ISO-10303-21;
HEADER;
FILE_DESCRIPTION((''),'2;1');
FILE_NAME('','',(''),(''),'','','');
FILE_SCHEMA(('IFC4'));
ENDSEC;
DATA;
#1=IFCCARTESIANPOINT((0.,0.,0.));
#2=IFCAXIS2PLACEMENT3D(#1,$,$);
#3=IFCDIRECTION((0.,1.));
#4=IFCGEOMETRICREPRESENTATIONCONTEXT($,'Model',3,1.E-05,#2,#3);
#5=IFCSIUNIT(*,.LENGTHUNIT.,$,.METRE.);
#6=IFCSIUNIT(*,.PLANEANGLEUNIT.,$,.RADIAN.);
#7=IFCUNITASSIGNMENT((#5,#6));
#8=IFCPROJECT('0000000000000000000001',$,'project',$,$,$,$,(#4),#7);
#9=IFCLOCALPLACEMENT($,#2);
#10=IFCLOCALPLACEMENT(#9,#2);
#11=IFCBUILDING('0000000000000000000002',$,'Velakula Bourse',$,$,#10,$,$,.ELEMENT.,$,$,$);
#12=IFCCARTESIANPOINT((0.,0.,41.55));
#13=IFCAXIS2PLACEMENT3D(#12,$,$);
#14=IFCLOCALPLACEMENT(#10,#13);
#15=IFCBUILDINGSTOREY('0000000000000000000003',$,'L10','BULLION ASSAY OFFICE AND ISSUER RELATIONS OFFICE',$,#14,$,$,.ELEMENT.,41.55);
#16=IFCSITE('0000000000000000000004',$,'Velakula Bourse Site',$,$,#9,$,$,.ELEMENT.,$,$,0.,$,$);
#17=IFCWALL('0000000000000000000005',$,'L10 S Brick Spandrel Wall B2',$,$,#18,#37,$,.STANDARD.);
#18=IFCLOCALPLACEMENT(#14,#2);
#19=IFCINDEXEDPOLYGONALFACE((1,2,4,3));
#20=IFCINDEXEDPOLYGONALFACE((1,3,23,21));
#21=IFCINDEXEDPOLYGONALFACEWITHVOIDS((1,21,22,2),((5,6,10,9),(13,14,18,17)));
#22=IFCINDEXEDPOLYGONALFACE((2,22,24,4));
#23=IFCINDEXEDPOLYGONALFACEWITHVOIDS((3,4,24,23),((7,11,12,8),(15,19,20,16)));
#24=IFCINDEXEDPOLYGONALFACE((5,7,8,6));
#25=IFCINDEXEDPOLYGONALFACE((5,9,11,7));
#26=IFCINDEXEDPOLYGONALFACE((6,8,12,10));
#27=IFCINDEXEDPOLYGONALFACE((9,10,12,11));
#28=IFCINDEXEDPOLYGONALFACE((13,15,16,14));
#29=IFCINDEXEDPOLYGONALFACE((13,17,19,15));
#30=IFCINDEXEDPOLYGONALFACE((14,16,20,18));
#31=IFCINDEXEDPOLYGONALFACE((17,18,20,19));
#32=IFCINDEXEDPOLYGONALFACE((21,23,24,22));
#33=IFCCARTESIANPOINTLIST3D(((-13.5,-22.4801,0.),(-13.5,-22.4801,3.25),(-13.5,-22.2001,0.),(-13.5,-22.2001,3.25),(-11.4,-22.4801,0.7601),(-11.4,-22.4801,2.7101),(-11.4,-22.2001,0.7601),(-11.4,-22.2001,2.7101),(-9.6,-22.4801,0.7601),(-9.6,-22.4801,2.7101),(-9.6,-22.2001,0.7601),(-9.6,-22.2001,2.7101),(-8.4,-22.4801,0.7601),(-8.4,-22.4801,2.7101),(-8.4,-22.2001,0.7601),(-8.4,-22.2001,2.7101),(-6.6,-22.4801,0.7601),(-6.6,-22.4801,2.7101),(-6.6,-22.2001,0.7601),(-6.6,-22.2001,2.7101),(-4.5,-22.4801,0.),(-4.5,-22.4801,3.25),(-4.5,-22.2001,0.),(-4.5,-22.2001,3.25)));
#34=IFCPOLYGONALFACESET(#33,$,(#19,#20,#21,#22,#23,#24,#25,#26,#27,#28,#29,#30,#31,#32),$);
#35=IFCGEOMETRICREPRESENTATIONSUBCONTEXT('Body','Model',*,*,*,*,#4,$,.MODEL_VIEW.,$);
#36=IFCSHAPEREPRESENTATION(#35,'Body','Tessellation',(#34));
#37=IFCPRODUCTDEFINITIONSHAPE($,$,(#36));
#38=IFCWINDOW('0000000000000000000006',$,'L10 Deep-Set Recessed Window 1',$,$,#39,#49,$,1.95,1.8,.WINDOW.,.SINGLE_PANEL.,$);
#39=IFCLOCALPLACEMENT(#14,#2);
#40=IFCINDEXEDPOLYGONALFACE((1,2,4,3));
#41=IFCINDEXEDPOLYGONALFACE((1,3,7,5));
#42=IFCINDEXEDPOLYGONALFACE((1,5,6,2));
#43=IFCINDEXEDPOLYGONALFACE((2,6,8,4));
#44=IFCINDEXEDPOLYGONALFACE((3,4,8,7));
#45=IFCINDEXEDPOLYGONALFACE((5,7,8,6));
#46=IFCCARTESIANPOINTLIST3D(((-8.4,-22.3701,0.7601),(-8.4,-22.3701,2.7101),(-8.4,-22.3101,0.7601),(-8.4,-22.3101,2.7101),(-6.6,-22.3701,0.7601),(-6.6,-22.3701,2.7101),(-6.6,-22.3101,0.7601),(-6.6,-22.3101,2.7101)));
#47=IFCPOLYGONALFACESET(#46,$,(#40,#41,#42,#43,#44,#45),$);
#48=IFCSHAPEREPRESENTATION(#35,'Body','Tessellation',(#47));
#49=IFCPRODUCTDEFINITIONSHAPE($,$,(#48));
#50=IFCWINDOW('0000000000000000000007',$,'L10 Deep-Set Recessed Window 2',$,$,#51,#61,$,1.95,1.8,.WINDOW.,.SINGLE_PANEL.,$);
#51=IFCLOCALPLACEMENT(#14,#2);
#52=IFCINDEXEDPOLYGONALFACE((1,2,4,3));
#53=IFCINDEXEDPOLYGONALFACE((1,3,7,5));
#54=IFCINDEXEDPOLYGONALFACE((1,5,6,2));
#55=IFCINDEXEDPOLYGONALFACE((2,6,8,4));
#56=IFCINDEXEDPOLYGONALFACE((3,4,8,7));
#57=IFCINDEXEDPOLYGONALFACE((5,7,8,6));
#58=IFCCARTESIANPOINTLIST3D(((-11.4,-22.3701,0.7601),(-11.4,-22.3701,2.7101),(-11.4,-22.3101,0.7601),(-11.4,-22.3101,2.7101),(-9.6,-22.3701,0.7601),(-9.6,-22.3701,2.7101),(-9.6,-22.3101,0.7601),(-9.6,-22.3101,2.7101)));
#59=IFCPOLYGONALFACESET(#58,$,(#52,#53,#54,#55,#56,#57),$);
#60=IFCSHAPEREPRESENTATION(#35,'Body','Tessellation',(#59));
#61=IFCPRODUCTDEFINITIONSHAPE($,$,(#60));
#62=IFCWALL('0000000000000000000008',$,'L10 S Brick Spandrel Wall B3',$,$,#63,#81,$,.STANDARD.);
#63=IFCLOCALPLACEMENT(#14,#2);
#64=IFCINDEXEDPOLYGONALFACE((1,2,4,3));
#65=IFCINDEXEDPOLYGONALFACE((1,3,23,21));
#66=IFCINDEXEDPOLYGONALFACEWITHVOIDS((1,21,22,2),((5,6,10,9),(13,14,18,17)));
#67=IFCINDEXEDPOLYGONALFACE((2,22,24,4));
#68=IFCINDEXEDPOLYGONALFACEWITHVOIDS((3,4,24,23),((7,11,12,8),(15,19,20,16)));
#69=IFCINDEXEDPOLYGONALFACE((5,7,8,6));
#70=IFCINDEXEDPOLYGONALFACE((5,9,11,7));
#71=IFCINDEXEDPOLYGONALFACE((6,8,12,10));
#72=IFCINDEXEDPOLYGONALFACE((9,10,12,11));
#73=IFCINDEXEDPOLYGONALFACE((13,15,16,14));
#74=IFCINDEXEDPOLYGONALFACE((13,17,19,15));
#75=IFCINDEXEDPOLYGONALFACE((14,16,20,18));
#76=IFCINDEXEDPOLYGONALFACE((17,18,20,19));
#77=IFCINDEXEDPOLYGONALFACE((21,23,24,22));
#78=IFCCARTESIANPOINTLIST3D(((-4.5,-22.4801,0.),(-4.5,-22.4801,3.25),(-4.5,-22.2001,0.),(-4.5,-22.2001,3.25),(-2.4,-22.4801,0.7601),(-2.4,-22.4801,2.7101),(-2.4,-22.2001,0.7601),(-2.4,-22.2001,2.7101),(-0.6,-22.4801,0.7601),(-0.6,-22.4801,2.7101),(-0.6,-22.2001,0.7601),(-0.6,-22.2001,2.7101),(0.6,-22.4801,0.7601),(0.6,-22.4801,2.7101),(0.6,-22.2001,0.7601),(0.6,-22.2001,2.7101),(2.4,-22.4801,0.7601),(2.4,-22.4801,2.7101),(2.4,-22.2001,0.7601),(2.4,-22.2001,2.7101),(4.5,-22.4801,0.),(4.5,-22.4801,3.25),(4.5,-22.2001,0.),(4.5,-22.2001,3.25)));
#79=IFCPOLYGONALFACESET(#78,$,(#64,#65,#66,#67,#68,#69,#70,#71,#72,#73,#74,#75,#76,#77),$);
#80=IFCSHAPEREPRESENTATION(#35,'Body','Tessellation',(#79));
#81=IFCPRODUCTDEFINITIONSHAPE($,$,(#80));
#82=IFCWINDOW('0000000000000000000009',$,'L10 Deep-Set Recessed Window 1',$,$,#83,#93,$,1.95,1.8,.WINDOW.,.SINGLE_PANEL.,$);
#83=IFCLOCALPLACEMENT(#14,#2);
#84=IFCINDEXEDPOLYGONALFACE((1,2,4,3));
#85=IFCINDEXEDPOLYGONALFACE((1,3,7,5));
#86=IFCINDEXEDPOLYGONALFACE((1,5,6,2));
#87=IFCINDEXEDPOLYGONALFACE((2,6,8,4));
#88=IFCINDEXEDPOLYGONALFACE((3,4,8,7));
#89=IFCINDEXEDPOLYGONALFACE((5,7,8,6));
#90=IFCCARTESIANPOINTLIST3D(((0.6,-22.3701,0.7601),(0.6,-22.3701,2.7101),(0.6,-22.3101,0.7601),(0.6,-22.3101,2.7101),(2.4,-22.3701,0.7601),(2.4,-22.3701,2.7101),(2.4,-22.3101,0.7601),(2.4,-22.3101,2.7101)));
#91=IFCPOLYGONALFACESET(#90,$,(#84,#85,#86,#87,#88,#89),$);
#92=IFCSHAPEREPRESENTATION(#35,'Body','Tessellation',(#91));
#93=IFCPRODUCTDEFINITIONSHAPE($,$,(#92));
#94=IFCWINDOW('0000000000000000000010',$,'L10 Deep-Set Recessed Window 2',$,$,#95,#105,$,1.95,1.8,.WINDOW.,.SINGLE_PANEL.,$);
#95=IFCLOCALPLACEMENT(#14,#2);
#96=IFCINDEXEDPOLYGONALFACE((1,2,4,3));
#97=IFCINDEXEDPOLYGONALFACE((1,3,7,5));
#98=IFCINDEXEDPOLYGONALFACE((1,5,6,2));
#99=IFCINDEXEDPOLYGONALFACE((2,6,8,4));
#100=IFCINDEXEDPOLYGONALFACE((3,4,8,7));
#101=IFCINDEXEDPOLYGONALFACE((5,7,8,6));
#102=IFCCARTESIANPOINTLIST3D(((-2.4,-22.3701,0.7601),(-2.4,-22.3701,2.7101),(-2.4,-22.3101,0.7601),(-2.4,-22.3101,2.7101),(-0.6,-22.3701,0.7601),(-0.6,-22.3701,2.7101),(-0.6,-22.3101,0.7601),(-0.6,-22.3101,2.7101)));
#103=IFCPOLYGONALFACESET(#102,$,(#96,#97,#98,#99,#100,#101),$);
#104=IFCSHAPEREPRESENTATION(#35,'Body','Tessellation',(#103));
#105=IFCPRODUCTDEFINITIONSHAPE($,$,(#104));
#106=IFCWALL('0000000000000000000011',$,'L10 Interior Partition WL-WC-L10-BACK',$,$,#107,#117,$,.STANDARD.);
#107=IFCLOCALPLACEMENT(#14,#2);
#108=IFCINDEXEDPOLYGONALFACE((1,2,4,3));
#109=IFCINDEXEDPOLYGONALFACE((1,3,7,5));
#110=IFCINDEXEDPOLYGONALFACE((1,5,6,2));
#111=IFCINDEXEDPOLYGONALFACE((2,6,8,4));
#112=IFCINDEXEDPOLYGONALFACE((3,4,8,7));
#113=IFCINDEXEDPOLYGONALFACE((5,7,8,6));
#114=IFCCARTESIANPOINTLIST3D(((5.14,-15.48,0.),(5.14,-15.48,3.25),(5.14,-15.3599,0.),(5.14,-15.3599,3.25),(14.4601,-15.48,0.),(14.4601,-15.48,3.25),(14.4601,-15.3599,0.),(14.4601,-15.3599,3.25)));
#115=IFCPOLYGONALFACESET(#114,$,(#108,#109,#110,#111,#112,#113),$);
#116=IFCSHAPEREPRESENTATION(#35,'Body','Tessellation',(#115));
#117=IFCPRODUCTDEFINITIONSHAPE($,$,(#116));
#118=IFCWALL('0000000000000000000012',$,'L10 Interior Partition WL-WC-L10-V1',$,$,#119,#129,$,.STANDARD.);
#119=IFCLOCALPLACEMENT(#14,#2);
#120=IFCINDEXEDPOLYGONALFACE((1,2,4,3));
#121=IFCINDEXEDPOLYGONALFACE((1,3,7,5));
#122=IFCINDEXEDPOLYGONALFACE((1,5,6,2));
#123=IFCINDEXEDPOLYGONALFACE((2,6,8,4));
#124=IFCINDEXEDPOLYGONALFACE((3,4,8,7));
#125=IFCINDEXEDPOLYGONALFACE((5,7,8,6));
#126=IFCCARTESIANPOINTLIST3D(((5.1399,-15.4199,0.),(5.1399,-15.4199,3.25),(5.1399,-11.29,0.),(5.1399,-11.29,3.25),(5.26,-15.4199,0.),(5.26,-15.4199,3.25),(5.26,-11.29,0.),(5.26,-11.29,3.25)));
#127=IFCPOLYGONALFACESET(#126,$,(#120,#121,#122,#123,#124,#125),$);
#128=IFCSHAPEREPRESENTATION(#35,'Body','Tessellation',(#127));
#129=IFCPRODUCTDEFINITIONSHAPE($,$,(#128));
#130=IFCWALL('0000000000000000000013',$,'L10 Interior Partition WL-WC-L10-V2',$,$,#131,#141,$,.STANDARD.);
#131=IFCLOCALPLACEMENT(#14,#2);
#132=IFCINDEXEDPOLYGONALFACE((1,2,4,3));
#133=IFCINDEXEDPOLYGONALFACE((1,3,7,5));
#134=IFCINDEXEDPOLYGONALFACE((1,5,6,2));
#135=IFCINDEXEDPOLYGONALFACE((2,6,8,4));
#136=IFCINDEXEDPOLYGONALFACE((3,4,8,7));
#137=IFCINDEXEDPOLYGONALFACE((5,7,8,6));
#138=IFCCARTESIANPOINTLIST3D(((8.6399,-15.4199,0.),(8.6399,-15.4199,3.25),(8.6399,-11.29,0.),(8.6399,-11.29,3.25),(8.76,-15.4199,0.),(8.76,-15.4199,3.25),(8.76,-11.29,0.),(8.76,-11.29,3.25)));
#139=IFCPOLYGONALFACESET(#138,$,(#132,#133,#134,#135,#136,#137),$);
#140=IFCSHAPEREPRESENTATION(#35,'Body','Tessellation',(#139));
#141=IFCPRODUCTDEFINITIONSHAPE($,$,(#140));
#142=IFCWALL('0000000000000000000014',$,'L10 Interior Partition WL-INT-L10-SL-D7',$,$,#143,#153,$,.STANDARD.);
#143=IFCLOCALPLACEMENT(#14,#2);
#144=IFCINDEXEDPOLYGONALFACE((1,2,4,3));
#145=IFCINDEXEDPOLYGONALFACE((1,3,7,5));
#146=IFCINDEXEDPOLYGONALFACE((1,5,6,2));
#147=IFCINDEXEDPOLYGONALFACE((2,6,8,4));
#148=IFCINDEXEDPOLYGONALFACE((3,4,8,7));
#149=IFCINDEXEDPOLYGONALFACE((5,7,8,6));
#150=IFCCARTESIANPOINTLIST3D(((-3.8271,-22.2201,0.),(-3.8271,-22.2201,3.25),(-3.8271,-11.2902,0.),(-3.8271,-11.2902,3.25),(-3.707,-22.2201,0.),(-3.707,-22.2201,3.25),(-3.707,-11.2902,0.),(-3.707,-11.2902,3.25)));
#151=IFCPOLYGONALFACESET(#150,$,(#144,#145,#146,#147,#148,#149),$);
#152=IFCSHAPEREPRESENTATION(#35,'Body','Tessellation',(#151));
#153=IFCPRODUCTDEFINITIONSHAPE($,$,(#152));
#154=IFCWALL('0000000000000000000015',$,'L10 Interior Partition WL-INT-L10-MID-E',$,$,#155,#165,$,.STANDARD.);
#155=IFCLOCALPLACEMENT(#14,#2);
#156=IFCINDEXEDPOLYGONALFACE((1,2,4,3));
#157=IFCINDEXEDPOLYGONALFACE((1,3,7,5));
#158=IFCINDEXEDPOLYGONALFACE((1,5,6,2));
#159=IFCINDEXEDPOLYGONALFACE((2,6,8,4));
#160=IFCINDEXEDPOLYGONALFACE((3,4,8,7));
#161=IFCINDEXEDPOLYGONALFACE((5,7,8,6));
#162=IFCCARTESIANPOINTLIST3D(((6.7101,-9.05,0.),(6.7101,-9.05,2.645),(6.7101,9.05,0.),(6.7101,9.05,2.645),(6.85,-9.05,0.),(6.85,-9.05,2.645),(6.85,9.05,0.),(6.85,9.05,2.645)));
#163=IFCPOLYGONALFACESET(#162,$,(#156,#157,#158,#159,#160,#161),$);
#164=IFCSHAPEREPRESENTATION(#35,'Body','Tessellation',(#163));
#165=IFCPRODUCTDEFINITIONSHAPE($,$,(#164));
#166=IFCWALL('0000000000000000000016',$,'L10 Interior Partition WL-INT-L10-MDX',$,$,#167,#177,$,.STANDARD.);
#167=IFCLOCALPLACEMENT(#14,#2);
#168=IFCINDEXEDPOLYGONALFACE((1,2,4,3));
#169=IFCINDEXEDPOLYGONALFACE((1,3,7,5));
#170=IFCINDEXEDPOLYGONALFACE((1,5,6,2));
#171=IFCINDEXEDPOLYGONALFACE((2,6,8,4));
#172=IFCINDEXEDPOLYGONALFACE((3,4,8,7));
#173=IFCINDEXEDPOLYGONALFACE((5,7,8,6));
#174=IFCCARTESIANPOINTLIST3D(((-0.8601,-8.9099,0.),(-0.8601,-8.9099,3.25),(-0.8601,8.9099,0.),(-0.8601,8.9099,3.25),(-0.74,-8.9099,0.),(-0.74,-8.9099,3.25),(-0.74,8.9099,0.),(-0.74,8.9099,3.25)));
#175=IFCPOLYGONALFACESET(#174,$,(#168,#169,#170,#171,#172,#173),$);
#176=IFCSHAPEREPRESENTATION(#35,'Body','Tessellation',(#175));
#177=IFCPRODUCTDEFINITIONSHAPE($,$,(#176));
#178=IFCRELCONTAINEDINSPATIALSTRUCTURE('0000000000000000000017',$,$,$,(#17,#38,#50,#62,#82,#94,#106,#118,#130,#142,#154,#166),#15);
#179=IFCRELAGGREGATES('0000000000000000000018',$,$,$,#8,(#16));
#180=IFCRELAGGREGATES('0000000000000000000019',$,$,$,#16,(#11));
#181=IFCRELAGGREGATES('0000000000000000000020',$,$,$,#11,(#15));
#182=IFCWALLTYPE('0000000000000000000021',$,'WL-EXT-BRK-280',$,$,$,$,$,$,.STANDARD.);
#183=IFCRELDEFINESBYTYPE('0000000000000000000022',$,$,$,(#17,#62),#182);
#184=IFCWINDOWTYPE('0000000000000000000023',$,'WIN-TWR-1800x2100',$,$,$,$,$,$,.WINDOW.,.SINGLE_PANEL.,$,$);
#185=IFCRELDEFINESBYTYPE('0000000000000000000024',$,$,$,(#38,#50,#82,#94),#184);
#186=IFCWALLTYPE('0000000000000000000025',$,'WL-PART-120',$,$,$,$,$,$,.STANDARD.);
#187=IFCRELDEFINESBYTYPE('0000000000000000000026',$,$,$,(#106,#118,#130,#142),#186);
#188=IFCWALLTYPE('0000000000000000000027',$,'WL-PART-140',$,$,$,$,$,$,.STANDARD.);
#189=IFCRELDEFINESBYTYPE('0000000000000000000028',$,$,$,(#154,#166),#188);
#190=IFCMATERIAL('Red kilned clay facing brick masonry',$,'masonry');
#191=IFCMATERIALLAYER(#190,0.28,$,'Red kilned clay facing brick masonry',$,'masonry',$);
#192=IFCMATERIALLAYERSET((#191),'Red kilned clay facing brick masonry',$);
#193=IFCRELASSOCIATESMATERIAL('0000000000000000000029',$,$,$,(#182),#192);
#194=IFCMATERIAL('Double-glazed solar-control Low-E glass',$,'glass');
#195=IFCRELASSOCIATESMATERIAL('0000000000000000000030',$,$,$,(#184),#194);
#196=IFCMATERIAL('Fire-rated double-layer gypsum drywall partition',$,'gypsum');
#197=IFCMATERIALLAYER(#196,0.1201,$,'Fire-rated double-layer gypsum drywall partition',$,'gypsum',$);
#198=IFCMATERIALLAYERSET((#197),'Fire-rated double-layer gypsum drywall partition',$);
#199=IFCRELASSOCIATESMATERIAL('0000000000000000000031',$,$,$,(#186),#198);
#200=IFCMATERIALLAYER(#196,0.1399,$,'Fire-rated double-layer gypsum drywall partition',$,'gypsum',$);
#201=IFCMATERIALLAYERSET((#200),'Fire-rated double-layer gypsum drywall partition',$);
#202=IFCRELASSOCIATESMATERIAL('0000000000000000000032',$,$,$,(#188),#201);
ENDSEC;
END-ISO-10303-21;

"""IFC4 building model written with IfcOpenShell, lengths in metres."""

from ifc_helpers import new_model, si_unit, direction, frame, frame_2d, origin, place, context, subcontext, project, spatial, rectangle, extrude, material, layer, layer_set, type_object, element, fill, save


model = new_model("IFC4")

# Units and contexts
model_context = context("Model", 3, precision=1e-05, world=origin(), true_north=direction((0.0, 1.0)))
body_context = subcontext(model_context, "Body", "Model", "MODEL_VIEW")
ifc_project = project(units=[si_unit("LENGTHUNIT", "METRE"), si_unit("PLANEANGLEUNIT", "RADIAN")], contexts=[model_context])

# Site, building, storey
site_placement = place(None, origin())
site = spatial("IfcSite", under=ifc_project, at=site_placement, Name="Velakula Bourse Site", CompositionType="ELEMENT", RefElevation=0.0)
building_placement = place(site_placement, origin())
building = spatial("IfcBuilding", under=site, at=building_placement, Name="Velakula Bourse", CompositionType="ELEMENT")
storey_placement = place(building_placement, frame((0.0, 0.0, 41.55)))
storey = spatial("IfcBuildingStorey", under=building, at=storey_placement, Name="L10", Description="BULLION ASSAY OFFICE AND ISSUER RELATIONS OFFICE", CompositionType="ELEMENT", Elevation=41.55)

# Walls, openings, windows
ifc_material_1 = material(Name="Red kilned clay facing brick masonry", Category="masonry")
ifc_layer_1 = layer(ifc_material_1, 0.28, Name="Red kilned clay facing brick masonry", Category="masonry")
ifc_layer_set_1 = layer_set([ifc_layer_1], Name="Red kilned clay facing brick masonry")
wall_type_1 = type_object("IfcWallType", Name="WL-EXT-BRK-280", PredefinedType="STANDARD", material=ifc_layer_set_1)
wall_1_placement = place(storey_placement, frame((-4.5, -22.3401, 0.0), z_axis=(0.0, 0.0, 1.0), x_axis=(-1.0, 0.0, 0.0)))
wall_1 = element("IfcWall", 1, at=wall_1_placement, inside=storey, type_object=wall_type_1, Name="L10 S Brick Spandrel Wall B2", PredefinedType="STANDARD", context=body_context, shape_type="SweptSolid", body=[
    extrude(rectangle(XDim=9.0, YDim=0.28, at=frame_2d((4.5, 0.0))), origin(), (0.0, 0.0, 1.0), 3.25),
])
opening_1_placement = place(wall_1_placement, frame((2.1001, 0.0, 0.76)))
opening_1 = element("IfcOpeningElement", 2, at=opening_1_placement, cuts=wall_1, PredefinedType="OPENING", context=body_context, shape_type="SweptSolid", body=[
    extrude(rectangle(XDim=1.8, YDim=1.95, at=frame_2d((0.8999, 0.9751))), frame((0.0, 0.1499, 0.0), z_axis=(0.0, -1.0, 0.0), x_axis=(1.0, 0.0, 0.0)), (0.0, 0.0, 1.0), 0.3),
])
opening_2_placement = place(wall_1_placement, frame((5.1001, 0.0, 0.76)))
opening_2 = element("IfcOpeningElement", 3, at=opening_2_placement, cuts=wall_1, PredefinedType="OPENING", context=body_context, shape_type="SweptSolid", body=[
    extrude(rectangle(XDim=1.8, YDim=1.95, at=frame_2d((0.8999, 0.9751))), frame((0.0, 0.1499, 0.0), z_axis=(0.0, -1.0, 0.0), x_axis=(1.0, 0.0, 0.0)), (0.0, 0.0, 1.0), 0.3),
])
ifc_material_2 = material(Name="Double-glazed solar-control Low-E glass", Category="glass")
window_type = type_object("IfcWindowType", Name="WIN-TWR-1800x2100", PartitioningType="SINGLE_PANEL", PredefinedType="WINDOW", material=ifc_material_2)
window_1_placement = place(opening_1_placement, origin())
window_1 = element("IfcWindow", 4, at=window_1_placement, inside=storey, type_object=window_type, Name="L10 Deep-Set Recessed Window 1", OverallHeight=1.95, OverallWidth=1.8, PartitioningType="SINGLE_PANEL", PredefinedType="WINDOW", context=body_context, shape_type="SweptSolid", body=[
    extrude(rectangle(XDim=1.8, YDim=1.95, at=frame_2d((0.8999, 0.9751))), frame((0.0, 0.03, 0.0), z_axis=(0.0, -1.0, 0.0), x_axis=(1.0, 0.0, 0.0)), (0.0, 0.0, 1.0), 0.0601),
])
fill(opening_1, window_1)
window_2_placement = place(opening_2_placement, origin())
window_2 = element("IfcWindow", 5, at=window_2_placement, inside=storey, type_object=window_type, Name="L10 Deep-Set Recessed Window 2", OverallHeight=1.95, OverallWidth=1.8, PartitioningType="SINGLE_PANEL", PredefinedType="WINDOW", context=body_context, shape_type="SweptSolid", body=[
    extrude(rectangle(XDim=1.8, YDim=1.95, at=frame_2d((0.8999, 0.9751))), frame((0.0, 0.03, 0.0), z_axis=(0.0, -1.0, 0.0), x_axis=(1.0, 0.0, 0.0)), (0.0, 0.0, 1.0), 0.0601),
])
fill(opening_2, window_2)
wall_2_placement = place(storey_placement, frame((4.5, -22.3401, 0.0), z_axis=(0.0, 0.0, 1.0), x_axis=(-1.0, 0.0, 0.0)))
wall_2 = element("IfcWall", 6, at=wall_2_placement, inside=storey, type_object=wall_type_1, Name="L10 S Brick Spandrel Wall B3", PredefinedType="STANDARD", context=body_context, shape_type="SweptSolid", body=[
    extrude(rectangle(XDim=9.0, YDim=0.28, at=frame_2d((4.5, 0.0))), origin(), (0.0, 0.0, 1.0), 3.25),
])
opening_3_placement = place(wall_2_placement, frame((2.1001, 0.0, 0.76)))
opening_3 = element("IfcOpeningElement", 7, at=opening_3_placement, cuts=wall_2, PredefinedType="OPENING", context=body_context, shape_type="SweptSolid", body=[
    extrude(rectangle(XDim=1.8, YDim=1.95, at=frame_2d((0.8999, 0.9751))), frame((0.0, 0.1499, 0.0), z_axis=(0.0, -1.0, 0.0), x_axis=(1.0, 0.0, 0.0)), (0.0, 0.0, 1.0), 0.3),
])
opening_4_placement = place(wall_2_placement, frame((5.1001, 0.0, 0.76)))
opening_4 = element("IfcOpeningElement", 8, at=opening_4_placement, cuts=wall_2, PredefinedType="OPENING", context=body_context, shape_type="SweptSolid", body=[
    extrude(rectangle(XDim=1.8, YDim=1.95, at=frame_2d((0.8999, 0.9751))), frame((0.0, 0.1499, 0.0), z_axis=(0.0, -1.0, 0.0), x_axis=(1.0, 0.0, 0.0)), (0.0, 0.0, 1.0), 0.3),
])
window_3_placement = place(opening_3_placement, origin())
window_3 = element("IfcWindow", 9, at=window_3_placement, inside=storey, type_object=window_type, Name="L10 Deep-Set Recessed Window 1", OverallHeight=1.95, OverallWidth=1.8, PartitioningType="SINGLE_PANEL", PredefinedType="WINDOW", context=body_context, shape_type="SweptSolid", body=[
    extrude(rectangle(XDim=1.8, YDim=1.95, at=frame_2d((0.8999, 0.9751))), frame((0.0, 0.03, 0.0), z_axis=(0.0, -1.0, 0.0), x_axis=(1.0, 0.0, 0.0)), (0.0, 0.0, 1.0), 0.0601),
])
fill(opening_3, window_3)
window_4_placement = place(opening_4_placement, origin())
window_4 = element("IfcWindow", 10, at=window_4_placement, inside=storey, type_object=window_type, Name="L10 Deep-Set Recessed Window 2", OverallHeight=1.95, OverallWidth=1.8, PartitioningType="SINGLE_PANEL", PredefinedType="WINDOW", context=body_context, shape_type="SweptSolid", body=[
    extrude(rectangle(XDim=1.8, YDim=1.95, at=frame_2d((0.8999, 0.9751))), frame((0.0, 0.03, 0.0), z_axis=(0.0, -1.0, 0.0), x_axis=(1.0, 0.0, 0.0)), (0.0, 0.0, 1.0), 0.0601),
])
fill(opening_4, window_4)

# Walls
ifc_material_3 = material(Name="Fire-rated double-layer gypsum drywall partition", Category="gypsum")
ifc_layer_2 = layer(ifc_material_3, 0.1201, Name="Fire-rated double-layer gypsum drywall partition", Category="gypsum")
ifc_layer_set_2 = layer_set([ifc_layer_2], Name="Fire-rated double-layer gypsum drywall partition")
wall_type_2 = type_object("IfcWallType", Name="WL-PART-120", PredefinedType="STANDARD", material=ifc_layer_set_2)
wall_3_placement = place(storey_placement, frame((5.1399, -15.4199, 0.0), z_axis=(0.0, 0.0, 1.0), x_axis=(1.0, 0.0, 0.0)))
element("IfcWall", 11, at=wall_3_placement, inside=storey, type_object=wall_type_2, Name="L10 Interior Partition WL-WC-L10-BACK", PredefinedType="STANDARD", context=body_context, shape_type="SweptSolid", body=[
    extrude(rectangle(XDim=9.3201, YDim=0.1201, at=frame_2d((4.6602, 0.0))), origin(), (0.0, 0.0, 1.0), 3.25),
])
for number, where, z_axis, x_axis, name in (
    (12, (5.2, -15.4199, 0.0), (0.0, 0.0, 1.0), (0.0, 1.0, 0.0), "L10 Interior Partition WL-WC-L10-V1"),
    (13, (8.7, -15.4199, 0.0), (0.0, 0.0, 1.0), (0.0, 1.0, 0.0), "L10 Interior Partition WL-WC-L10-V2"),
):
    element("IfcWall", number, at=place(storey_placement, frame(where, z_axis=z_axis, x_axis=x_axis)), inside=storey, type_object=wall_type_2, Name=name, PredefinedType="STANDARD", context=body_context, shape_type="SweptSolid", body=[
        extrude(rectangle(XDim=4.1299, YDim=0.1201, at=frame_2d((2.0649, 0.0))), origin(), (0.0, 0.0, 1.0), 3.25),
    ])
wall_4_placement = place(storey_placement, frame((-3.7671, -22.22, 0.0), z_axis=(0.0, 0.0, 1.0), x_axis=(0.0, 1.0, 0.0)))
element("IfcWall", 14, at=wall_4_placement, inside=storey, type_object=wall_type_2, Name="L10 Interior Partition WL-INT-L10-SL-D7", PredefinedType="STANDARD", context=body_context, shape_type="SweptSolid", body=[
    extrude(rectangle(XDim=10.9299, YDim=0.1201, at=frame_2d((5.4648, 0.0))), origin(), (0.0, 0.0, 1.0), 3.25),
])
ifc_layer_3 = layer(ifc_material_3, 0.1399, Name="Fire-rated double-layer gypsum drywall partition", Category="gypsum")
ifc_layer_set_3 = layer_set([ifc_layer_3], Name="Fire-rated double-layer gypsum drywall partition")
wall_type_3 = type_object("IfcWallType", Name="WL-PART-140", PredefinedType="STANDARD", material=ifc_layer_set_3)
wall_5_placement = place(storey_placement, frame((6.78, -9.05, 0.0), z_axis=(0.0, 0.0, 1.0), x_axis=(0.0, 1.0, 0.0)))
element("IfcWall", 15, at=wall_5_placement, inside=storey, type_object=wall_type_3, Name="L10 Interior Partition WL-INT-L10-MID-E", PredefinedType="STANDARD", context=body_context, shape_type="SweptSolid", body=[
    extrude(rectangle(XDim=18.1001, YDim=0.1399, at=frame_2d((9.05, 0.0))), origin(), (0.0, 0.0, 1.0), 2.645),
])
wall_6_placement = place(storey_placement, frame((-0.8, -8.9099, 0.0), z_axis=(0.0, 0.0, 1.0), x_axis=(0.0, 1.0, 0.0)))
element("IfcWall", 16, at=wall_6_placement, inside=storey, type_object=wall_type_3, Name="L10 Interior Partition WL-INT-L10-MDX", PredefinedType="STANDARD", context=body_context, shape_type="SweptSolid", body=[
    extrude(rectangle(XDim=17.8198, YDim=0.1201, at=frame_2d((8.9099, 0.0))), origin(), (0.0, 0.0, 1.0), 3.25),
])

save(model, "model.ifc")
